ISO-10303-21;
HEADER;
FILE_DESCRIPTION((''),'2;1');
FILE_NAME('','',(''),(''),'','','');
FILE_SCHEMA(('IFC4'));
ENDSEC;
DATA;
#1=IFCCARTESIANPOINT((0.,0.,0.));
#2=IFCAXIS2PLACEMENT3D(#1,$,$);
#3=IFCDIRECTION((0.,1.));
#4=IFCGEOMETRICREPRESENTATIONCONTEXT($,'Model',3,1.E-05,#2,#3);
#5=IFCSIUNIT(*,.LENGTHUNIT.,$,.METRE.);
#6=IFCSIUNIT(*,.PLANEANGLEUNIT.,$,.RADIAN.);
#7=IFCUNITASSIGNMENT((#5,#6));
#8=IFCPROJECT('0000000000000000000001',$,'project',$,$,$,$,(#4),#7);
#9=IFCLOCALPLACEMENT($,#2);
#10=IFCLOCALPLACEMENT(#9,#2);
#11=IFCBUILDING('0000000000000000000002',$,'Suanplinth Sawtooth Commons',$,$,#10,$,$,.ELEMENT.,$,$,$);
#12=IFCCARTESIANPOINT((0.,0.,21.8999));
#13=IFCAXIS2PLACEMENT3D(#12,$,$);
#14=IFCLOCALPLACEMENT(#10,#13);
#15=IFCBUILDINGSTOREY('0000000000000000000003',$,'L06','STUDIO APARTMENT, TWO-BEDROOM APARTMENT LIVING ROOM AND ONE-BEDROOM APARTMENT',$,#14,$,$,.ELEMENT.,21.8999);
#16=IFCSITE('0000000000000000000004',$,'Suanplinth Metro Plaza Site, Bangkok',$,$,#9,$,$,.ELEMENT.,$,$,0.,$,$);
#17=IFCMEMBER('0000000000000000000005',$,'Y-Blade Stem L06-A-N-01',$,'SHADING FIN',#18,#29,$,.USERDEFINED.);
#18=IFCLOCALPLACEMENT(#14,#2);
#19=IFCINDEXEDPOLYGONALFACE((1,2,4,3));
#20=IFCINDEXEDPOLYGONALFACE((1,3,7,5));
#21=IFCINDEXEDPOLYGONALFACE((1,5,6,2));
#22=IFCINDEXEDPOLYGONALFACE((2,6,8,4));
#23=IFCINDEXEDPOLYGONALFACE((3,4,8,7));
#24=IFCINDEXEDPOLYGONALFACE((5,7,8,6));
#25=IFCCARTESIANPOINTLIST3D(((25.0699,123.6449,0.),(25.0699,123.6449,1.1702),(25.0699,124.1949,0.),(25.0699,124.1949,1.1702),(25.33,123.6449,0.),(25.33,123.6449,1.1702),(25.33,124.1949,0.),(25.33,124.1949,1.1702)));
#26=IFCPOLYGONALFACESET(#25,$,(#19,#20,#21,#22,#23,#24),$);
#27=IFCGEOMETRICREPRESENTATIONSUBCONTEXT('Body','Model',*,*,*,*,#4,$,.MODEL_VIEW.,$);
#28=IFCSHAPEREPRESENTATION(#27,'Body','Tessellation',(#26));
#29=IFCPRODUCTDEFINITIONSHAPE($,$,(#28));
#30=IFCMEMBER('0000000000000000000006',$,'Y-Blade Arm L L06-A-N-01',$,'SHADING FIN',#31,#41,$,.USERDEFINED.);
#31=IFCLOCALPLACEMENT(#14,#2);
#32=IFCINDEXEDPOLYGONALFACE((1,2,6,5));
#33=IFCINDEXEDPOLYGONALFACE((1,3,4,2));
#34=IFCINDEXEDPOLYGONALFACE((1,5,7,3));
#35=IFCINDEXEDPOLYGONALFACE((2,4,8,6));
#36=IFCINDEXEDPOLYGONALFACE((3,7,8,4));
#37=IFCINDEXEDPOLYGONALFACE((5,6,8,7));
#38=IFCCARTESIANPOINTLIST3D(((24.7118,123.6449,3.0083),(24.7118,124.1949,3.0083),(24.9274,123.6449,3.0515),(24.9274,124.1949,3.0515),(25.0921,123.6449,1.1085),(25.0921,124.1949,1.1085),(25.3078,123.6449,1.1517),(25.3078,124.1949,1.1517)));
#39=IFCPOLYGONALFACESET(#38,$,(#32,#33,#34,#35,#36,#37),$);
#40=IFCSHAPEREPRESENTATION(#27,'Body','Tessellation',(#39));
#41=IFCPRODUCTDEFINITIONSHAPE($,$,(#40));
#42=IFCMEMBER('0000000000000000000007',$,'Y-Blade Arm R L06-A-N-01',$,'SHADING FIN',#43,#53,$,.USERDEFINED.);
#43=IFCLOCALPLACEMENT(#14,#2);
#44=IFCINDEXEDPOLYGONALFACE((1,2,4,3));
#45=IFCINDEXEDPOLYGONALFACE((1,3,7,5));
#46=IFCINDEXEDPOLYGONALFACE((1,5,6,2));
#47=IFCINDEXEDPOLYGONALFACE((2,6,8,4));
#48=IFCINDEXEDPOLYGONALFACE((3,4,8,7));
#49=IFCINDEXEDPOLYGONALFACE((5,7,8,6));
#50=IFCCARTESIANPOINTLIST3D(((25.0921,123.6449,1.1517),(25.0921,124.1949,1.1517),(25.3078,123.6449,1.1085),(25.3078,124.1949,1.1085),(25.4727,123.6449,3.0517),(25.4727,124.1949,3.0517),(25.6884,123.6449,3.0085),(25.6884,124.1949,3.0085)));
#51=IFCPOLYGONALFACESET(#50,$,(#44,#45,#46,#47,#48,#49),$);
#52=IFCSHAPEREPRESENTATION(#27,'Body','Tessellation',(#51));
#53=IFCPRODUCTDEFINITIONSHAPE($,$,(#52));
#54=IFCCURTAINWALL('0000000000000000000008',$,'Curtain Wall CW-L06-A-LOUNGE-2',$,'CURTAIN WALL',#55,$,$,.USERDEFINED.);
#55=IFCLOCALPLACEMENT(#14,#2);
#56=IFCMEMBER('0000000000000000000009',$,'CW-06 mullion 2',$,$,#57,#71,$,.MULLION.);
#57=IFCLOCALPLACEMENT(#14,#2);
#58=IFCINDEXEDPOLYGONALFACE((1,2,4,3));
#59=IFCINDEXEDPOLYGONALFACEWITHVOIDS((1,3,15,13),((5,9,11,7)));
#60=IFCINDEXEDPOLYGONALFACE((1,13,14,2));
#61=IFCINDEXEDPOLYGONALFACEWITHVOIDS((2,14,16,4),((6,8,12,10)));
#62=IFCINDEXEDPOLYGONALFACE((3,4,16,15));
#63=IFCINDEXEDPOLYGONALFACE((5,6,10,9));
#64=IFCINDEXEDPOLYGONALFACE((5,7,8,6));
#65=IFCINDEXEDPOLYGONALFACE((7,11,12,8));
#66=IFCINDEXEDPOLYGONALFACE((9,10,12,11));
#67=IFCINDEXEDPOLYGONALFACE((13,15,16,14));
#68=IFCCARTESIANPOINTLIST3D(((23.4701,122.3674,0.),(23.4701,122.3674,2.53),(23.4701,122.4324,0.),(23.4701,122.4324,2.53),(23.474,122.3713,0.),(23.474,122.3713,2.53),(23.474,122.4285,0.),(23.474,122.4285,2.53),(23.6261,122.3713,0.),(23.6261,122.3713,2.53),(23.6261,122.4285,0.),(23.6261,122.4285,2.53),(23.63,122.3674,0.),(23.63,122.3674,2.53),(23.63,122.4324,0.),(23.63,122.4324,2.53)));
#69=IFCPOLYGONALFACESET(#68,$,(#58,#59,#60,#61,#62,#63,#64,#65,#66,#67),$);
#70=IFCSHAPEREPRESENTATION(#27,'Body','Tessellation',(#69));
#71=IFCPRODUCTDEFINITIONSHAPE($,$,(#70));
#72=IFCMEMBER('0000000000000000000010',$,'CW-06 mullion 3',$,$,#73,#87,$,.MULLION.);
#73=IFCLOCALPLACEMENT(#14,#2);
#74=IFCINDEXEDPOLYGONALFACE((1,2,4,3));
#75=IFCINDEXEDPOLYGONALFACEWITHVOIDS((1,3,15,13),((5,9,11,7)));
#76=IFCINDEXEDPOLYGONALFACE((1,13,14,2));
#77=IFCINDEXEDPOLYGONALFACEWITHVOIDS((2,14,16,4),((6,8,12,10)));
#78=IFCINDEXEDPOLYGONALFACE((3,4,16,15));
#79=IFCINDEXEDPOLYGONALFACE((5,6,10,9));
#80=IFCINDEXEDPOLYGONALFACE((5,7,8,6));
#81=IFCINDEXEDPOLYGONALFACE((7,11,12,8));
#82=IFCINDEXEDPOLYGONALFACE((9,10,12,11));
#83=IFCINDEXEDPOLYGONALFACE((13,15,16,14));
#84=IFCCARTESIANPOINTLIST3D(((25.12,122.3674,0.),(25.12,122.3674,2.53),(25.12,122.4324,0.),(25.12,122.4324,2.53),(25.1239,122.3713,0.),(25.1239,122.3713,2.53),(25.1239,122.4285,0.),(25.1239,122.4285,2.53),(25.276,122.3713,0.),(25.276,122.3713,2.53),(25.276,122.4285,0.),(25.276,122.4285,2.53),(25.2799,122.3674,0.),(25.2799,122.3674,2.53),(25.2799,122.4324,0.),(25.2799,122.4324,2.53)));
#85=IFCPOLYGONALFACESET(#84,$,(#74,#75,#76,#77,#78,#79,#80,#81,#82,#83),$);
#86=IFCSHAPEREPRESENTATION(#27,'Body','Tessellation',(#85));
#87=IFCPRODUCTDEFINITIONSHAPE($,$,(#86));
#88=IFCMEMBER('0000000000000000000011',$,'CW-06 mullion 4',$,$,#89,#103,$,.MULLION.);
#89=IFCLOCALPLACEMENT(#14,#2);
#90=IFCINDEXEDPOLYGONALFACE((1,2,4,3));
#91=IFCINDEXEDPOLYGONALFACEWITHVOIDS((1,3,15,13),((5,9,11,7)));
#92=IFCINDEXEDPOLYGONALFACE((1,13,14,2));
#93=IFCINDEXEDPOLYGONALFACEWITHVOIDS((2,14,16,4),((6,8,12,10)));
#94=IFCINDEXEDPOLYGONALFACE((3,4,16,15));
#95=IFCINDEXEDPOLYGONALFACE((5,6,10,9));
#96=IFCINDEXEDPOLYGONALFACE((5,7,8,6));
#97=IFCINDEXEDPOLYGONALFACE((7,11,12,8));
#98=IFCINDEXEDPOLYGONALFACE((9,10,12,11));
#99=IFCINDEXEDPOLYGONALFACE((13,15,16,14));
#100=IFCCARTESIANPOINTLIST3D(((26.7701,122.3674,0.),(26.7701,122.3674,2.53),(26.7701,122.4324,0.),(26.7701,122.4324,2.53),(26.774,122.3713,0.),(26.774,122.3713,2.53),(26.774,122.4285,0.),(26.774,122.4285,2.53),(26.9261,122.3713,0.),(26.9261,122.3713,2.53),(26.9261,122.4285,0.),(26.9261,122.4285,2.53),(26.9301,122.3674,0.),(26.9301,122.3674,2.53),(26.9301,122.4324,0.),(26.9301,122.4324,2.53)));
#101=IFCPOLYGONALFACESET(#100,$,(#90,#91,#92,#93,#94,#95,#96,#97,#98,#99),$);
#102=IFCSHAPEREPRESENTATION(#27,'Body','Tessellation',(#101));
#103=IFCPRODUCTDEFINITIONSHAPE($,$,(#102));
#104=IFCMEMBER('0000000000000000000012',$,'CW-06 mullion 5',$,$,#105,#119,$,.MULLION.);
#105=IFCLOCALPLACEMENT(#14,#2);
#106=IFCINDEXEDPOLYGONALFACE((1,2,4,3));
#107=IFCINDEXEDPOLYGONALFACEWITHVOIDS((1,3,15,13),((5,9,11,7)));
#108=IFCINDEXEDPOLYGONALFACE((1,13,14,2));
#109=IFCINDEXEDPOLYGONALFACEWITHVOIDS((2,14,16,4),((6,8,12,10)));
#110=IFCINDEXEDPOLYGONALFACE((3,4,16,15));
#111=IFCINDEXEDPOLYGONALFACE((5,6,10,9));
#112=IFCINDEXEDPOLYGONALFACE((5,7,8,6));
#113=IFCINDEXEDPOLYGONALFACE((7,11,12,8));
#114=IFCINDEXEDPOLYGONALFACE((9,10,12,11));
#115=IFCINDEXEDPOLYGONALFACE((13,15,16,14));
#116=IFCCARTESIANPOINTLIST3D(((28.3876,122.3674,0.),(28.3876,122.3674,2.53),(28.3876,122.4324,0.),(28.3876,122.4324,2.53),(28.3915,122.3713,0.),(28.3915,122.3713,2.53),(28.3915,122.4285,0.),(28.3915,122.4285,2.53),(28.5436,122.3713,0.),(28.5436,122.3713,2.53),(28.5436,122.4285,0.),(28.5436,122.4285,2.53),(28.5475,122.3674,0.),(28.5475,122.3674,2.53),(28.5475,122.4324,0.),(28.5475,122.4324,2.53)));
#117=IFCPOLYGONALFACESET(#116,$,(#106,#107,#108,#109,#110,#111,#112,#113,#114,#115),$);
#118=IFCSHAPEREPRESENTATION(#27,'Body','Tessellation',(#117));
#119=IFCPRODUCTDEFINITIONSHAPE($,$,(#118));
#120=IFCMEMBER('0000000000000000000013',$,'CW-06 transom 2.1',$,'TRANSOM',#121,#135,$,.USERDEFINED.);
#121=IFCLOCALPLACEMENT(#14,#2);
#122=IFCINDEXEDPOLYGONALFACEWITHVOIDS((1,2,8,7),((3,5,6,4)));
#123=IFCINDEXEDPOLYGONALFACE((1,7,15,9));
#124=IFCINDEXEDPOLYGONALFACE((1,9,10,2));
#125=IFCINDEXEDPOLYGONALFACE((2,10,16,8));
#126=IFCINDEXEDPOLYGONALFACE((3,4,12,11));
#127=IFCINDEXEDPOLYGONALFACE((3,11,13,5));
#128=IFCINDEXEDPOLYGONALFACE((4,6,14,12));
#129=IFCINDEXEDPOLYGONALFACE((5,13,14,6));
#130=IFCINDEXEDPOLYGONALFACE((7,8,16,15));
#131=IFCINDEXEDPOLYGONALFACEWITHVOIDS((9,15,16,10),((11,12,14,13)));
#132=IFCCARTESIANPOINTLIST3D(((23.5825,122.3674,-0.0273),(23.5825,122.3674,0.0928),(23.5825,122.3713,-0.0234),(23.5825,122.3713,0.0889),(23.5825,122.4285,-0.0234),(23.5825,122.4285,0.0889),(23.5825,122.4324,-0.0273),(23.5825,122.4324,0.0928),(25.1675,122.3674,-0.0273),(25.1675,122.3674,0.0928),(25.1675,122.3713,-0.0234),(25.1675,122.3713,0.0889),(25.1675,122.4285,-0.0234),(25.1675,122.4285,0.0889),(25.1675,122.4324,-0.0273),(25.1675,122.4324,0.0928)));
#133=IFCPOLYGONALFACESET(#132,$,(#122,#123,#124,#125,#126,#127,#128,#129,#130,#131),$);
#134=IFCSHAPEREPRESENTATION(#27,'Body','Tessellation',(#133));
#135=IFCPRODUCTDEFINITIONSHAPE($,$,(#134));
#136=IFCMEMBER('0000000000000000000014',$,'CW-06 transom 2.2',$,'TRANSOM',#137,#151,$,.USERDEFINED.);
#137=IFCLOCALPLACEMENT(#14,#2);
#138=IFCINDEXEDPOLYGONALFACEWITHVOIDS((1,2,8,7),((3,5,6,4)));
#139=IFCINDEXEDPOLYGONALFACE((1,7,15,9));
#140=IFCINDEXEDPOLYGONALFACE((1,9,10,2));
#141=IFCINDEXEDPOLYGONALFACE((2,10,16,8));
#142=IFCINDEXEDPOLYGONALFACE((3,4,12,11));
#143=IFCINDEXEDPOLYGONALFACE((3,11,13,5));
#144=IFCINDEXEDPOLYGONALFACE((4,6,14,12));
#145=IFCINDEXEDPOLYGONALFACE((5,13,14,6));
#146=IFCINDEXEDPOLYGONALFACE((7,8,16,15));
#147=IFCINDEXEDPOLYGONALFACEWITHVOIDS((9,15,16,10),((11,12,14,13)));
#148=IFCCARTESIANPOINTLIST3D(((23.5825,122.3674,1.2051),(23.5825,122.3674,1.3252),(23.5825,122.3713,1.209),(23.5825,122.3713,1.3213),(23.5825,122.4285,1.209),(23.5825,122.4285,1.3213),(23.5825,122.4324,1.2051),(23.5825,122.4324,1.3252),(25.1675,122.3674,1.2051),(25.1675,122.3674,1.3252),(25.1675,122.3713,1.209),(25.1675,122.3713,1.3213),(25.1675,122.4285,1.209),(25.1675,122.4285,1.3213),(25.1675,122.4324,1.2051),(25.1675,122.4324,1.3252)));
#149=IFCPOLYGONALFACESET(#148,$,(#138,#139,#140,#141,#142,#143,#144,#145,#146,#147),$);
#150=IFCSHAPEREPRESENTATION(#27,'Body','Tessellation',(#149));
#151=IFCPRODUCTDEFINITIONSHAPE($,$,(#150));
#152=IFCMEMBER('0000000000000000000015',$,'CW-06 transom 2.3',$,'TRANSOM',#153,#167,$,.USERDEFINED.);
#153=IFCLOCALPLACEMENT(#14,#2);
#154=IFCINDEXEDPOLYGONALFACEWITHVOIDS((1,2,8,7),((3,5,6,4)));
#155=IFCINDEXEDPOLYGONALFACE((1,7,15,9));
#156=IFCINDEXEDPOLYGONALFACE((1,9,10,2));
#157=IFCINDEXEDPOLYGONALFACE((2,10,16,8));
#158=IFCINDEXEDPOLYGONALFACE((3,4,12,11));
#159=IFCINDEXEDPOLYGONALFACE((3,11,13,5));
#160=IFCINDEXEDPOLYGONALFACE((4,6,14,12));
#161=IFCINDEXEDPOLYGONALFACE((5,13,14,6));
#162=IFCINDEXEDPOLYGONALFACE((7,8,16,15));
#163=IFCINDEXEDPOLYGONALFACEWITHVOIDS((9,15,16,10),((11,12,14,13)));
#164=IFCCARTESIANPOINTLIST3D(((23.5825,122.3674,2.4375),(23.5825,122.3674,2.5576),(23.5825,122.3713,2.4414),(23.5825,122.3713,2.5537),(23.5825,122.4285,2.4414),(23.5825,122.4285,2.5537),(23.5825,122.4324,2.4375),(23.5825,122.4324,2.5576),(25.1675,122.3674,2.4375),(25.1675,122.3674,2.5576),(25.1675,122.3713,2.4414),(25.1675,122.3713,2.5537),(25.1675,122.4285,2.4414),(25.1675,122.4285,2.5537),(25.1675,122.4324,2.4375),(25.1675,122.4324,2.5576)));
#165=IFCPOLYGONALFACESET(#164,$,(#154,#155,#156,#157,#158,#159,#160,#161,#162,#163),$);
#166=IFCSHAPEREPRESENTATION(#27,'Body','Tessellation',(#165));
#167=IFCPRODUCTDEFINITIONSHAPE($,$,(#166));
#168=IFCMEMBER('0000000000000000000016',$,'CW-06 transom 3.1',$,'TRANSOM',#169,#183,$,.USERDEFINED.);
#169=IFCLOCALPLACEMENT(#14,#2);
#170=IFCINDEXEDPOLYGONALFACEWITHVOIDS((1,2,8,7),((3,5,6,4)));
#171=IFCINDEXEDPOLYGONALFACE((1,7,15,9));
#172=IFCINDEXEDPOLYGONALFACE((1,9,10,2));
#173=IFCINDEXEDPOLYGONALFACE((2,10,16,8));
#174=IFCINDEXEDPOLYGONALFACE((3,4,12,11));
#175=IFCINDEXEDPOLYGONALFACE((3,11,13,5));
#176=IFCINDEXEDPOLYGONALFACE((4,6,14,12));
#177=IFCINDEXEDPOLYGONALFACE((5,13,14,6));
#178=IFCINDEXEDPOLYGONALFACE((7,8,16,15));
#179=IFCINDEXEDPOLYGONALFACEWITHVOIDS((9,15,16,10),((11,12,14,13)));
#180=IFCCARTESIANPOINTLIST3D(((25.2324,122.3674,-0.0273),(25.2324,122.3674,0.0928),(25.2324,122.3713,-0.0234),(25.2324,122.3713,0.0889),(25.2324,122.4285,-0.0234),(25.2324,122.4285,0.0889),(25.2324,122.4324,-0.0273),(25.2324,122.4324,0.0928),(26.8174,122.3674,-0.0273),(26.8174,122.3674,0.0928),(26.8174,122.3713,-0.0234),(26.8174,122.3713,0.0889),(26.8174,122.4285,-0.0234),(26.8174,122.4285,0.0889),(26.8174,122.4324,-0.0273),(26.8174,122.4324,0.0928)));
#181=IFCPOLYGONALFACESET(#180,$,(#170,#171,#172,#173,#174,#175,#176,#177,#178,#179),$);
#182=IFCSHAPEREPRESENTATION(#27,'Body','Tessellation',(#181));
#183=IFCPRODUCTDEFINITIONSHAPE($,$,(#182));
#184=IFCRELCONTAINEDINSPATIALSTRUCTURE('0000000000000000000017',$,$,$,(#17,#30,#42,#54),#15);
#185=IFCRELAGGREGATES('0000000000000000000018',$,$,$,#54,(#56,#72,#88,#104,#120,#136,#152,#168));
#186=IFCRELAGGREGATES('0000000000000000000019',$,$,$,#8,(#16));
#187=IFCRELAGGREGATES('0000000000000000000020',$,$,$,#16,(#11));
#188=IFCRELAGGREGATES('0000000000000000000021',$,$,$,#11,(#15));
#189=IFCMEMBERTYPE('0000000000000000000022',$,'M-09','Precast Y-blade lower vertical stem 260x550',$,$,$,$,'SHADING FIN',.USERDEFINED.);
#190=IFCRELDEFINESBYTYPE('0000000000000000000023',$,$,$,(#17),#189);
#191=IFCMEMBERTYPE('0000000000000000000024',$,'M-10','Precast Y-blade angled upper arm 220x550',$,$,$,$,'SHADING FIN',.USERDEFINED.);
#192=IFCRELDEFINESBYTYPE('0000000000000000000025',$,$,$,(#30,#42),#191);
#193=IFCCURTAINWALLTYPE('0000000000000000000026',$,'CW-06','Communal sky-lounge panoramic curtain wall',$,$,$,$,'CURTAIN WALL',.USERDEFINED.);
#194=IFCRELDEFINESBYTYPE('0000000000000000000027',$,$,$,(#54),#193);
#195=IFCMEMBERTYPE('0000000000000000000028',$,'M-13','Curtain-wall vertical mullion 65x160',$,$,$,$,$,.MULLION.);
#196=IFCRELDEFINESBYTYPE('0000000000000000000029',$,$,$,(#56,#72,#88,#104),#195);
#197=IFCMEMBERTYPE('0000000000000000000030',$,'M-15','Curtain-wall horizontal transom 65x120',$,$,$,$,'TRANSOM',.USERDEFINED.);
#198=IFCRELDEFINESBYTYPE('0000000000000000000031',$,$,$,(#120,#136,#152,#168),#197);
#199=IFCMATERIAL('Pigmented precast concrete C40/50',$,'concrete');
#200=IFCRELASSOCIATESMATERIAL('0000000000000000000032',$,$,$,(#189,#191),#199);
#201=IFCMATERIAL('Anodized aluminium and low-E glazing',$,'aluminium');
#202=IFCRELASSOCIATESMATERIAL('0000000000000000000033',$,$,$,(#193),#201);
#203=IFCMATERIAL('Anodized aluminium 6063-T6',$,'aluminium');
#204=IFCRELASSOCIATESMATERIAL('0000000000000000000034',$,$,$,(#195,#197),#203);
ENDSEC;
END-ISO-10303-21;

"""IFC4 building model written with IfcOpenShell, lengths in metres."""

from ifc_helpers import new_model, si_unit, direction, frame, origin, origin_2d, place, context, subcontext, project, spatial, rectangle, hollow_rectangle, extrude, material, material_profile, profile_set, type_object, element, aggregate, save


model = new_model("IFC4")

# Units and contexts
model_context = context("Model", 3, precision=1e-05, world=origin(), true_north=direction((0.0, 1.0)))
body_context = subcontext(model_context, "Body", "Model", "MODEL_VIEW")
ifc_project = project(units=[si_unit("LENGTHUNIT", "METRE"), si_unit("PLANEANGLEUNIT", "RADIAN")], contexts=[model_context])

# Site, building, storey
site_placement = place(None, origin())
site = spatial("IfcSite", under=ifc_project, at=site_placement, Name="Suanplinth Metro Plaza Site, Bangkok", CompositionType="ELEMENT", RefElevation=0.0)
building_placement = place(site_placement, origin())
building = spatial("IfcBuilding", under=site, at=building_placement, Name="Suanplinth Sawtooth Commons", CompositionType="ELEMENT")
storey_placement = place(building_placement, frame((0.0, 0.0, 21.8999)))
storey = spatial("IfcBuildingStorey", under=building, at=storey_placement, Name="L06", Description="STUDIO APARTMENT, TWO-BEDROOM APARTMENT LIVING ROOM AND ONE-BEDROOM APARTMENT", CompositionType="ELEMENT", Elevation=21.8999)

# Members
ifc_material_1 = material(Name="Pigmented precast concrete C40/50", Category="concrete")
ifc_material_profile_1 = material_profile(ifc_material_1, rectangle(XDim=0.26, YDim=0.55, at=origin_2d()), Name="PC-FIN 260x550")
ifc_profile_set_1 = profile_set([ifc_material_profile_1], Name="Pigmented precast concrete C40/50")
member_type_1 = type_object("IfcMemberType", Name="M-09", Description="Precast Y-blade lower vertical stem 260x550", ElementType="SHADING FIN", PredefinedType="USERDEFINED", material=ifc_profile_set_1)
member_1_placement = place(storey_placement, frame((25.2, 123.9199, 0.0), z_axis=(0.0, 0.0, 1.0), x_axis=(1.0, 0.0, 0.0)))
element("IfcMember", 1, at=member_1_placement, inside=storey, type_object=member_type_1, Name="Y-Blade Stem L06-A-N-01", ObjectType="SHADING FIN", PredefinedType="USERDEFINED", context=body_context, shape_type="SweptSolid", body=[
    extrude(rectangle(XDim=0.26, YDim=0.55, at=origin_2d()), origin(), (0.0, 0.0, 1.0), 1.1702),
])
ifc_material_profile_2 = material_profile(ifc_material_1, rectangle(XDim=0.22, YDim=0.55, at=origin_2d()), Name="PC-FIN 220x550")
ifc_profile_set_2 = profile_set([ifc_material_profile_2], Name="Pigmented precast concrete C40/50")
member_type_2 = type_object("IfcMemberType", Name="M-10", Description="Precast Y-blade angled upper arm 220x550", ElementType="SHADING FIN", PredefinedType="USERDEFINED", material=ifc_profile_set_2)
member_2_placement = place(storey_placement, frame((25.2, 123.9199, 1.1301), z_axis=(-0.19631, 0.0, 0.980542), x_axis=(0.980542, 0.0, 0.19631)))
element("IfcMember", 2, at=member_2_placement, inside=storey, type_object=member_type_2, Name="Y-Blade Arm L L06-A-N-01", ObjectType="SHADING FIN", PredefinedType="USERDEFINED", context=body_context, shape_type="SweptSolid", body=[
    extrude(rectangle(XDim=0.22, YDim=0.55, at=origin_2d()), origin(), (0.0, 0.0, 1.0), 1.9375),
])
member_3_placement = place(storey_placement, frame((25.2, 123.9199, 1.1301), z_axis=(0.196431, 0.0, 0.980518), x_axis=(-0.980518, 0.0, 0.196431)))
element("IfcMember", 3, at=member_3_placement, inside=storey, type_object=member_type_2, Name="Y-Blade Arm R L06-A-N-01", ObjectType="SHADING FIN", PredefinedType="USERDEFINED", context=body_context, shape_type="SweptSolid", body=[
    extrude(rectangle(XDim=0.22, YDim=0.55, at=origin_2d()), origin(), (0.0, 0.0, 1.0), 1.9377),
])

# Curtain wall, members
ifc_material_2 = material(Name="Anodized aluminium and low-E glazing", Category="aluminium")
curtain_wall_type = type_object("IfcCurtainWallType", Name="CW-06", Description="Communal sky-lounge panoramic curtain wall", ElementType="CURTAIN WALL", PredefinedType="USERDEFINED", material=ifc_material_2)
curtain_wall_placement = place(storey_placement, origin())
curtain_wall = element("IfcCurtainWall", 4, at=curtain_wall_placement, inside=storey, type_object=curtain_wall_type, Name="Curtain Wall CW-L06-A-LOUNGE-2", ObjectType="CURTAIN WALL", PredefinedType="USERDEFINED")
ifc_material_3 = material(Name="Anodized aluminium 6063-T6", Category="aluminium")
ifc_material_profile_3 = material_profile(ifc_material_3, hollow_rectangle(XDim=0.0649, YDim=0.1599, WallThickness=0.0039, at=origin_2d()), Name="ALU-MUL 65x160")
ifc_profile_set_3 = profile_set([ifc_material_profile_3], Name="Anodized aluminium 6063-T6")
member_type_3 = type_object("IfcMemberType", Name="M-13", Description="Curtain-wall vertical mullion 65x160", PredefinedType="MULLION", material=ifc_profile_set_3)
member_4_placement = place(storey_placement, frame((23.55, 122.3999, 0.0), z_axis=(0.0, 0.0, 1.0), x_axis=(0.0, 1.0, 0.0)))
member_4 = element("IfcMember", 5, at=member_4_placement, type_object=member_type_3, Name="CW-06 mullion 2", PredefinedType="MULLION", context=body_context, shape_type="SweptSolid", body=[
    extrude(hollow_rectangle(XDim=0.0649, YDim=0.1599, WallThickness=0.0039, at=origin_2d()), origin(), (0.0, 0.0, 1.0), 2.53),
])
member_5_placement = place(storey_placement, frame((25.2, 122.3999, 0.0), z_axis=(0.0, 0.0, 1.0), x_axis=(0.0, 1.0, 0.0)))
member_5 = element("IfcMember", 6, at=member_5_placement, type_object=member_type_3, Name="CW-06 mullion 3", PredefinedType="MULLION", context=body_context, shape_type="SweptSolid", body=[
    extrude(hollow_rectangle(XDim=0.0649, YDim=0.1599, WallThickness=0.0039, at=origin_2d()), origin(), (0.0, 0.0, 1.0), 2.53),
])
member_6_placement = place(storey_placement, frame((26.8501, 122.3999, 0.0), z_axis=(0.0, 0.0, 1.0), x_axis=(0.0, 1.0, 0.0)))
member_6 = element("IfcMember", 7, at=member_6_placement, type_object=member_type_3, Name="CW-06 mullion 4", PredefinedType="MULLION", context=body_context, shape_type="SweptSolid", body=[
    extrude(hollow_rectangle(XDim=0.0649, YDim=0.1599, WallThickness=0.0039, at=origin_2d()), origin(), (0.0, 0.0, 1.0), 2.53),
])
member_7_placement = place(storey_placement, frame((28.4675, 122.3999, 0.0), z_axis=(0.0, 0.0, 1.0), x_axis=(0.0, 1.0, 0.0)))
member_7 = element("IfcMember", 8, at=member_7_placement, type_object=member_type_3, Name="CW-06 mullion 5", PredefinedType="MULLION", context=body_context, shape_type="SweptSolid", body=[
    extrude(hollow_rectangle(XDim=0.0649, YDim=0.1599, WallThickness=0.0039, at=origin_2d()), origin(), (0.0, 0.0, 1.0), 2.53),
])
ifc_material_profile_4 = material_profile(ifc_material_3, hollow_rectangle(XDim=0.0649, YDim=0.1201, WallThickness=0.0039, at=origin_2d()), Name="ALU-TRN 65x120")
ifc_profile_set_4 = profile_set([ifc_material_profile_4], Name="Anodized aluminium 6063-T6")
member_type_4 = type_object("IfcMemberType", Name="M-15", Description="Curtain-wall horizontal transom 65x120", ElementType="TRANSOM", PredefinedType="USERDEFINED", material=ifc_profile_set_4)
member_8_placement = place(storey_placement, frame((23.5825, 122.3999, 0.0327), z_axis=(1.0, 0.0, 0.0), x_axis=(0.0, 1.0, 0.0)))
member_8 = element("IfcMember", 9, at=member_8_placement, type_object=member_type_4, Name="CW-06 transom 2.1", ObjectType="TRANSOM", PredefinedType="USERDEFINED", context=body_context, shape_type="SweptSolid", body=[
    extrude(hollow_rectangle(XDim=0.0649, YDim=0.1201, WallThickness=0.0039, at=origin_2d()), origin(), (0.0, 0.0, 1.0), 1.585),
])
member_9_placement = place(storey_placement, frame((23.5825, 122.3999, 1.2651), z_axis=(1.0, 0.0, 0.0), x_axis=(0.0, 1.0, 0.0)))
member_9 = element("IfcMember", 10, at=member_9_placement, type_object=member_type_4, Name="CW-06 transom 2.2", ObjectType="TRANSOM", PredefinedType="USERDEFINED", context=body_context, shape_type="SweptSolid", body=[
    extrude(hollow_rectangle(XDim=0.0649, YDim=0.1201, WallThickness=0.0039, at=origin_2d()), origin(), (0.0, 0.0, 1.0), 1.585),
])
member_10_placement = place(storey_placement, frame((23.5825, 122.3999, 2.4976), z_axis=(1.0, 0.0, 0.0), x_axis=(0.0, 1.0, 0.0)))
member_10 = element("IfcMember", 11, at=member_10_placement, type_object=member_type_4, Name="CW-06 transom 2.3", ObjectType="TRANSOM", PredefinedType="USERDEFINED", context=body_context, shape_type="SweptSolid", body=[
    extrude(hollow_rectangle(XDim=0.0649, YDim=0.1201, WallThickness=0.0039, at=origin_2d()), origin(), (0.0, 0.0, 1.0), 1.585),
])
member_11_placement = place(storey_placement, frame((25.2324, 122.3999, 0.0327), z_axis=(1.0, 0.0, 0.0), x_axis=(0.0, 1.0, 0.0)))
member_11 = element("IfcMember", 12, at=member_11_placement, type_object=member_type_4, Name="CW-06 transom 3.1", ObjectType="TRANSOM", PredefinedType="USERDEFINED", context=body_context, shape_type="SweptSolid", body=[
    extrude(hollow_rectangle(XDim=0.0649, YDim=0.1201, WallThickness=0.0039, at=origin_2d()), origin(), (0.0, 0.0, 1.0), 1.585),
])

aggregate(curtain_wall, [member_4, member_5, member_6, member_7, member_8, member_9, member_10, member_11])

save(model, "model.ifc")
